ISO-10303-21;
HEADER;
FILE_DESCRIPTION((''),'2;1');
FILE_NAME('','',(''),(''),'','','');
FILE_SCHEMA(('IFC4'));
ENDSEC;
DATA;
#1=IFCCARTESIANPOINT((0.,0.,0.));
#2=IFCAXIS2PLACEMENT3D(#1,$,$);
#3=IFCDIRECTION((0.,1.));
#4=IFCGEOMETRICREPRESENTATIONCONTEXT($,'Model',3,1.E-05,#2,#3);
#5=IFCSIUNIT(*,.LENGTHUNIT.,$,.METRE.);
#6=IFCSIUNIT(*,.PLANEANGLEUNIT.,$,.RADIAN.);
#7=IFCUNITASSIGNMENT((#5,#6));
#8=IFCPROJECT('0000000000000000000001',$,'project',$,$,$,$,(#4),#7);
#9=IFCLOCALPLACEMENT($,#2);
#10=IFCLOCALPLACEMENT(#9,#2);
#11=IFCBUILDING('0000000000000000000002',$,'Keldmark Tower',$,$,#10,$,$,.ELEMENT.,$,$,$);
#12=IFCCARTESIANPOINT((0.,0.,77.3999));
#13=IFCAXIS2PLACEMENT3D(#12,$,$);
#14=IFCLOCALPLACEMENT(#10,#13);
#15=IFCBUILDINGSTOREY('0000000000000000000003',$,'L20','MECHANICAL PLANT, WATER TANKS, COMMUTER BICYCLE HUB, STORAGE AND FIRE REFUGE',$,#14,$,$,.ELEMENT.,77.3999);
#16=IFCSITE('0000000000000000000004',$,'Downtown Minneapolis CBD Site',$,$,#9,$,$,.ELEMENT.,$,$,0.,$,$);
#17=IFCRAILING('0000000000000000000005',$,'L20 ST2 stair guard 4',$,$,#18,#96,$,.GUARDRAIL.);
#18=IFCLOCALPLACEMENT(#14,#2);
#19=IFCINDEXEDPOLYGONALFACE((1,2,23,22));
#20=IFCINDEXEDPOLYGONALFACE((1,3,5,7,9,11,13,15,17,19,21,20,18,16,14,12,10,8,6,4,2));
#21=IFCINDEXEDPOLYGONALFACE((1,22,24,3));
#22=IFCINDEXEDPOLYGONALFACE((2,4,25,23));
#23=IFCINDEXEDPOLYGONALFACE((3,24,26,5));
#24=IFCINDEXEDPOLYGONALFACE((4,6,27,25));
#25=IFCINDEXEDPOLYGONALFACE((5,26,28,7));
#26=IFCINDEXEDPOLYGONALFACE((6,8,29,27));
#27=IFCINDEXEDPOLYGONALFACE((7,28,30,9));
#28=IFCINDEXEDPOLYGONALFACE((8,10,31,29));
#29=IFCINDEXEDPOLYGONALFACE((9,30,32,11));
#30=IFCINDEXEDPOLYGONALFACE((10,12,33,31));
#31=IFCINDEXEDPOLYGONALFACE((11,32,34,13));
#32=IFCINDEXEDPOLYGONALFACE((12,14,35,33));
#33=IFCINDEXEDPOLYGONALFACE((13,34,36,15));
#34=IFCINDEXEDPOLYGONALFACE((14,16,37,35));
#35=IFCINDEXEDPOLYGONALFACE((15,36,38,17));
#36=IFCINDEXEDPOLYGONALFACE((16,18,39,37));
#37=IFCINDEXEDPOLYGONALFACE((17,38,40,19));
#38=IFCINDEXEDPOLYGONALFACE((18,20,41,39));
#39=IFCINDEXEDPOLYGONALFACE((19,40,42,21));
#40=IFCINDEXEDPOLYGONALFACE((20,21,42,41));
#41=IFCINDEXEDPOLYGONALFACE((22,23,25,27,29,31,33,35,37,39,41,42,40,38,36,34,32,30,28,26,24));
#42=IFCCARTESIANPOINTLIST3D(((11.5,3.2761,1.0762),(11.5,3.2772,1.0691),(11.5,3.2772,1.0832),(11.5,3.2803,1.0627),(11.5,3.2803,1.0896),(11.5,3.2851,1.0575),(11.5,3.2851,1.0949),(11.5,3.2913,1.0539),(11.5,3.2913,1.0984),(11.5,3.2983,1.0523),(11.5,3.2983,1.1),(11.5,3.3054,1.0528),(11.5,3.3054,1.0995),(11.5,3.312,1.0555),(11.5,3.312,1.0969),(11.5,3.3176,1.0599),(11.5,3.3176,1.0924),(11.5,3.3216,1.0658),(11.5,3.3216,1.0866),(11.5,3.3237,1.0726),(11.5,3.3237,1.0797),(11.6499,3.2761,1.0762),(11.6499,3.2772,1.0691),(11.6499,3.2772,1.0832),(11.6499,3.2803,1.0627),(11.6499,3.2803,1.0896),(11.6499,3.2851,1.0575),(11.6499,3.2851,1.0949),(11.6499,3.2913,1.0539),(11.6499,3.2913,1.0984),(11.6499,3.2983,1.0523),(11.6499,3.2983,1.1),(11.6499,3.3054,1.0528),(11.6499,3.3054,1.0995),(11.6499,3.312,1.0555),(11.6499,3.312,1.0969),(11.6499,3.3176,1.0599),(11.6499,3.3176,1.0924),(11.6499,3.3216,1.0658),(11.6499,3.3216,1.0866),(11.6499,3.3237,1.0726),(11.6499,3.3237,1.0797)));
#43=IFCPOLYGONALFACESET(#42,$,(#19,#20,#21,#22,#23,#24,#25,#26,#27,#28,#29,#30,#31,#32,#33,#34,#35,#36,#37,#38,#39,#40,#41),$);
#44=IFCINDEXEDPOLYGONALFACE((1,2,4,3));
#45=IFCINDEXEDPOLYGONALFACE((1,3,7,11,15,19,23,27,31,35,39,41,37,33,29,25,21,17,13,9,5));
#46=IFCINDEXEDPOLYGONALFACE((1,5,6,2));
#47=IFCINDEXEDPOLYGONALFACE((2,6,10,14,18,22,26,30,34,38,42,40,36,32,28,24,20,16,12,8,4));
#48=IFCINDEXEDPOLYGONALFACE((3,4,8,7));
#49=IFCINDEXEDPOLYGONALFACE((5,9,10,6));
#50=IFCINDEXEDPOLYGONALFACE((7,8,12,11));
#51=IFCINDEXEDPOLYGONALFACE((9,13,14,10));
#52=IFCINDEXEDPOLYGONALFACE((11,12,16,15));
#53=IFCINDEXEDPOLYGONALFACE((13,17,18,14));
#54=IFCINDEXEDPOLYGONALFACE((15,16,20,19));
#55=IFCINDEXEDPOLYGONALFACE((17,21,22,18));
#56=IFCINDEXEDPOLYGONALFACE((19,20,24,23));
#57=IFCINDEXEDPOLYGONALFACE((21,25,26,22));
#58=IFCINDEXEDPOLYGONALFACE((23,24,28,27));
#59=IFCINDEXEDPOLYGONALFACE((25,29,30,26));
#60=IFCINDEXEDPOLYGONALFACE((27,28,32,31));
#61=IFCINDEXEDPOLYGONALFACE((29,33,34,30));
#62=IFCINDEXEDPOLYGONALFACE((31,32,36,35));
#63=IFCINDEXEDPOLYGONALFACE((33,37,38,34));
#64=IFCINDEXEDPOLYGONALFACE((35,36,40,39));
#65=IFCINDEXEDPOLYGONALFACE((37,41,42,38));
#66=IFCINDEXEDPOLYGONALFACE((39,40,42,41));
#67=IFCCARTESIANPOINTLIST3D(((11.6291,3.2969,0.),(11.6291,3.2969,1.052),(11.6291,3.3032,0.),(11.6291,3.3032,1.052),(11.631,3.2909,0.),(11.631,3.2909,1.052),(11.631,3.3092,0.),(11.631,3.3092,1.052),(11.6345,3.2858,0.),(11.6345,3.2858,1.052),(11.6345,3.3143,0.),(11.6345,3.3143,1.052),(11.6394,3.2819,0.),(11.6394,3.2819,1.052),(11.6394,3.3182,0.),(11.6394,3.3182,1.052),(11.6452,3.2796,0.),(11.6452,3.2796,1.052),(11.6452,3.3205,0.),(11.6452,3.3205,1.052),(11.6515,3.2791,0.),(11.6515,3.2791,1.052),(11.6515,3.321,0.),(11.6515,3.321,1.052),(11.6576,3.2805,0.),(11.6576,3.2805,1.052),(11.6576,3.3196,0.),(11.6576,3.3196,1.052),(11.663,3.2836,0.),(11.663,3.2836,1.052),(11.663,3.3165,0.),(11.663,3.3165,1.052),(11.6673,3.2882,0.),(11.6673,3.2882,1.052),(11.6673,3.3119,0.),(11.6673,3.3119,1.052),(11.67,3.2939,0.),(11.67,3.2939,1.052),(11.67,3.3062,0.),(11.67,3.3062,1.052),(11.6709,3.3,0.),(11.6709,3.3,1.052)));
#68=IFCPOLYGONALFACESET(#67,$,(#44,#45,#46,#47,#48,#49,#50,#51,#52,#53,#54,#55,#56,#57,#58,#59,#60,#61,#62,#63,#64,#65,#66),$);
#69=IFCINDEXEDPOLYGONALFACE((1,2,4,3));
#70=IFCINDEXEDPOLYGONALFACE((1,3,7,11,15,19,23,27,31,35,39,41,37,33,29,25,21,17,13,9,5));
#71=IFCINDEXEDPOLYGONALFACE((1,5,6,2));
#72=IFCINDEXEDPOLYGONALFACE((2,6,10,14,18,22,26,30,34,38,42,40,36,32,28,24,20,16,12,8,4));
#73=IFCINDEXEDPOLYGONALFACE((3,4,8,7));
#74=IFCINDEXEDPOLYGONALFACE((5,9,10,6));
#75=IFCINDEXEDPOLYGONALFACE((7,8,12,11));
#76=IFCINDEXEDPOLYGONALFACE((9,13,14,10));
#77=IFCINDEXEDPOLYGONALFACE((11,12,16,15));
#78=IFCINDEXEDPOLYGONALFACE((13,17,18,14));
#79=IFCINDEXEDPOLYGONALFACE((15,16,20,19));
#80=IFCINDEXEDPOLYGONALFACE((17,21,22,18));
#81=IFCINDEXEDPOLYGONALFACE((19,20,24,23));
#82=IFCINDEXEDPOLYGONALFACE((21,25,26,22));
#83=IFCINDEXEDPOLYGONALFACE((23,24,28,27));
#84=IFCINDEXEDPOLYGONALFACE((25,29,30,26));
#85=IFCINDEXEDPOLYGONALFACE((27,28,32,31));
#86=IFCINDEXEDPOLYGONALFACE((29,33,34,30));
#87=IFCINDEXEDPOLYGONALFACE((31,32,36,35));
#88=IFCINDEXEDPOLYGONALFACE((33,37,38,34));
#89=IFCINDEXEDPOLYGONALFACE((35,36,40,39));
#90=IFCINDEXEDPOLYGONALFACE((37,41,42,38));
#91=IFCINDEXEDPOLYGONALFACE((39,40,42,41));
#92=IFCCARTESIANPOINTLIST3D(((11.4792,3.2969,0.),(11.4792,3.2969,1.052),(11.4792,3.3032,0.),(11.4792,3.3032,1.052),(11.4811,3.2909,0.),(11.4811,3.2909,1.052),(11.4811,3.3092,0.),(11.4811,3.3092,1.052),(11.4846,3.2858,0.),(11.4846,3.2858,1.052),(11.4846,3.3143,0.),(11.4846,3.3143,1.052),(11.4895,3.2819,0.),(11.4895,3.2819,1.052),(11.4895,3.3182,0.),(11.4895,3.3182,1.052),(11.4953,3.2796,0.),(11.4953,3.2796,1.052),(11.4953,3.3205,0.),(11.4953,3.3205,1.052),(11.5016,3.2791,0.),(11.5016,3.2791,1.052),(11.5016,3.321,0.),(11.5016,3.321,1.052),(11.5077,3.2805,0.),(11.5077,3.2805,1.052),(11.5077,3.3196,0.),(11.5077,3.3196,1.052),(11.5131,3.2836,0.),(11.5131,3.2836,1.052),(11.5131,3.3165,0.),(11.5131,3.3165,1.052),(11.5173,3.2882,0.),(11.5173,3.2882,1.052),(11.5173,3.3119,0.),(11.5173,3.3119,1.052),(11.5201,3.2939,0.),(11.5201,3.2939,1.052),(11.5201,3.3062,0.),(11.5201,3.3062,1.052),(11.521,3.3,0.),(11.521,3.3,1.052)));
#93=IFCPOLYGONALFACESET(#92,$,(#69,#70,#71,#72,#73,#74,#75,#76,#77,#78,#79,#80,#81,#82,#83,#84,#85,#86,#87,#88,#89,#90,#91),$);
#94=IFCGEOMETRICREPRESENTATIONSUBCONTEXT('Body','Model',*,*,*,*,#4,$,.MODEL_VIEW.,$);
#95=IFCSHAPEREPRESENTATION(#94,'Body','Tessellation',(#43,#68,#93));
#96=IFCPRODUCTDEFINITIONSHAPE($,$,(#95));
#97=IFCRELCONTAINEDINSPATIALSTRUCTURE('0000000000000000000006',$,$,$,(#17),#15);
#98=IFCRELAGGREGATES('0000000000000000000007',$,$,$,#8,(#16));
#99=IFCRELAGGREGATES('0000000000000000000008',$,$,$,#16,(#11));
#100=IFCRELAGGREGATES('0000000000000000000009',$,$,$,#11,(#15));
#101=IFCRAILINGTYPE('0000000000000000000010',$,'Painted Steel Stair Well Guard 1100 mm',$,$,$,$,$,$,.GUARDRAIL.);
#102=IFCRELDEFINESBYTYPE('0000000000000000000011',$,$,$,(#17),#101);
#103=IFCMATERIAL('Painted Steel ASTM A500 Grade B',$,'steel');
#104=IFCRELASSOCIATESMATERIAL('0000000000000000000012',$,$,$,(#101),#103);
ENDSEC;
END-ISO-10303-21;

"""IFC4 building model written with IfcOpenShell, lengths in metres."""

from ifc_helpers import new_model, si_unit, direction, frame, origin, origin_2d, place, context, subcontext, project, spatial, circle, extrude, material, type_object, element, save


model = new_model("IFC4")

# Units and contexts
model_context = context("Model", 3, precision=1e-05, world=origin(), true_north=direction((0.0, 1.0)))
body_context = subcontext(model_context, "Body", "Model", "MODEL_VIEW")
ifc_project = project(units=[si_unit("LENGTHUNIT", "METRE"), si_unit("PLANEANGLEUNIT", "RADIAN")], contexts=[model_context])

# Site, building, storey
site_placement = place(None, origin())
site = spatial("IfcSite", under=ifc_project, at=site_placement, Name="Downtown Minneapolis CBD Site", CompositionType="ELEMENT", RefElevation=0.0)
building_placement = place(site_placement, origin())
building = spatial("IfcBuilding", under=site, at=building_placement, Name="Keldmark Tower", CompositionType="ELEMENT")
storey_placement = place(building_placement, frame((0.0, 0.0, 77.3999)))
storey = spatial("IfcBuildingStorey", under=building, at=storey_placement, Name="L20", Description="MECHANICAL PLANT, WATER TANKS, COMMUTER BICYCLE HUB, STORAGE AND FIRE REFUGE", CompositionType="ELEMENT", Elevation=77.3999)

# Railing
ifc_material_1 = material(Name="Painted Steel ASTM A500 Grade B", Category="steel")
railing_type_1 = type_object("IfcRailingType", Name="Painted Steel Stair Well Guard 1100 mm", PredefinedType="GUARDRAIL", material=ifc_material_1)
railing_1_placement = place(storey_placement, frame((11.6499, 3.3, 0.0)))
element("IfcRailing", 1, at=railing_1_placement, inside=storey, type_object=railing_type_1, Name="L20 ST2 stair guard 4", PredefinedType="GUARDRAIL", context=body_context, shape_type="SweptSolid", body=[
    extrude(circle(Radius=0.0239, at=origin_2d()), frame((0.0, 0.0, 1.0762), z_axis=(-1.0, 0.0, 0.0), x_axis=(0.0, -1.0, 0.0)), (0.0, 0.0, 1.0), 0.1499),
    extrude(circle(Radius=0.021, at=origin_2d()), origin(), (0.0, 0.0, 1.0), 1.052),
    extrude(circle(Radius=0.021, at=origin_2d()), frame((-0.1499, 0.0, 0.0)), (0.0, 0.0, 1.0), 1.052),
])

save(model, "model.ifc")
